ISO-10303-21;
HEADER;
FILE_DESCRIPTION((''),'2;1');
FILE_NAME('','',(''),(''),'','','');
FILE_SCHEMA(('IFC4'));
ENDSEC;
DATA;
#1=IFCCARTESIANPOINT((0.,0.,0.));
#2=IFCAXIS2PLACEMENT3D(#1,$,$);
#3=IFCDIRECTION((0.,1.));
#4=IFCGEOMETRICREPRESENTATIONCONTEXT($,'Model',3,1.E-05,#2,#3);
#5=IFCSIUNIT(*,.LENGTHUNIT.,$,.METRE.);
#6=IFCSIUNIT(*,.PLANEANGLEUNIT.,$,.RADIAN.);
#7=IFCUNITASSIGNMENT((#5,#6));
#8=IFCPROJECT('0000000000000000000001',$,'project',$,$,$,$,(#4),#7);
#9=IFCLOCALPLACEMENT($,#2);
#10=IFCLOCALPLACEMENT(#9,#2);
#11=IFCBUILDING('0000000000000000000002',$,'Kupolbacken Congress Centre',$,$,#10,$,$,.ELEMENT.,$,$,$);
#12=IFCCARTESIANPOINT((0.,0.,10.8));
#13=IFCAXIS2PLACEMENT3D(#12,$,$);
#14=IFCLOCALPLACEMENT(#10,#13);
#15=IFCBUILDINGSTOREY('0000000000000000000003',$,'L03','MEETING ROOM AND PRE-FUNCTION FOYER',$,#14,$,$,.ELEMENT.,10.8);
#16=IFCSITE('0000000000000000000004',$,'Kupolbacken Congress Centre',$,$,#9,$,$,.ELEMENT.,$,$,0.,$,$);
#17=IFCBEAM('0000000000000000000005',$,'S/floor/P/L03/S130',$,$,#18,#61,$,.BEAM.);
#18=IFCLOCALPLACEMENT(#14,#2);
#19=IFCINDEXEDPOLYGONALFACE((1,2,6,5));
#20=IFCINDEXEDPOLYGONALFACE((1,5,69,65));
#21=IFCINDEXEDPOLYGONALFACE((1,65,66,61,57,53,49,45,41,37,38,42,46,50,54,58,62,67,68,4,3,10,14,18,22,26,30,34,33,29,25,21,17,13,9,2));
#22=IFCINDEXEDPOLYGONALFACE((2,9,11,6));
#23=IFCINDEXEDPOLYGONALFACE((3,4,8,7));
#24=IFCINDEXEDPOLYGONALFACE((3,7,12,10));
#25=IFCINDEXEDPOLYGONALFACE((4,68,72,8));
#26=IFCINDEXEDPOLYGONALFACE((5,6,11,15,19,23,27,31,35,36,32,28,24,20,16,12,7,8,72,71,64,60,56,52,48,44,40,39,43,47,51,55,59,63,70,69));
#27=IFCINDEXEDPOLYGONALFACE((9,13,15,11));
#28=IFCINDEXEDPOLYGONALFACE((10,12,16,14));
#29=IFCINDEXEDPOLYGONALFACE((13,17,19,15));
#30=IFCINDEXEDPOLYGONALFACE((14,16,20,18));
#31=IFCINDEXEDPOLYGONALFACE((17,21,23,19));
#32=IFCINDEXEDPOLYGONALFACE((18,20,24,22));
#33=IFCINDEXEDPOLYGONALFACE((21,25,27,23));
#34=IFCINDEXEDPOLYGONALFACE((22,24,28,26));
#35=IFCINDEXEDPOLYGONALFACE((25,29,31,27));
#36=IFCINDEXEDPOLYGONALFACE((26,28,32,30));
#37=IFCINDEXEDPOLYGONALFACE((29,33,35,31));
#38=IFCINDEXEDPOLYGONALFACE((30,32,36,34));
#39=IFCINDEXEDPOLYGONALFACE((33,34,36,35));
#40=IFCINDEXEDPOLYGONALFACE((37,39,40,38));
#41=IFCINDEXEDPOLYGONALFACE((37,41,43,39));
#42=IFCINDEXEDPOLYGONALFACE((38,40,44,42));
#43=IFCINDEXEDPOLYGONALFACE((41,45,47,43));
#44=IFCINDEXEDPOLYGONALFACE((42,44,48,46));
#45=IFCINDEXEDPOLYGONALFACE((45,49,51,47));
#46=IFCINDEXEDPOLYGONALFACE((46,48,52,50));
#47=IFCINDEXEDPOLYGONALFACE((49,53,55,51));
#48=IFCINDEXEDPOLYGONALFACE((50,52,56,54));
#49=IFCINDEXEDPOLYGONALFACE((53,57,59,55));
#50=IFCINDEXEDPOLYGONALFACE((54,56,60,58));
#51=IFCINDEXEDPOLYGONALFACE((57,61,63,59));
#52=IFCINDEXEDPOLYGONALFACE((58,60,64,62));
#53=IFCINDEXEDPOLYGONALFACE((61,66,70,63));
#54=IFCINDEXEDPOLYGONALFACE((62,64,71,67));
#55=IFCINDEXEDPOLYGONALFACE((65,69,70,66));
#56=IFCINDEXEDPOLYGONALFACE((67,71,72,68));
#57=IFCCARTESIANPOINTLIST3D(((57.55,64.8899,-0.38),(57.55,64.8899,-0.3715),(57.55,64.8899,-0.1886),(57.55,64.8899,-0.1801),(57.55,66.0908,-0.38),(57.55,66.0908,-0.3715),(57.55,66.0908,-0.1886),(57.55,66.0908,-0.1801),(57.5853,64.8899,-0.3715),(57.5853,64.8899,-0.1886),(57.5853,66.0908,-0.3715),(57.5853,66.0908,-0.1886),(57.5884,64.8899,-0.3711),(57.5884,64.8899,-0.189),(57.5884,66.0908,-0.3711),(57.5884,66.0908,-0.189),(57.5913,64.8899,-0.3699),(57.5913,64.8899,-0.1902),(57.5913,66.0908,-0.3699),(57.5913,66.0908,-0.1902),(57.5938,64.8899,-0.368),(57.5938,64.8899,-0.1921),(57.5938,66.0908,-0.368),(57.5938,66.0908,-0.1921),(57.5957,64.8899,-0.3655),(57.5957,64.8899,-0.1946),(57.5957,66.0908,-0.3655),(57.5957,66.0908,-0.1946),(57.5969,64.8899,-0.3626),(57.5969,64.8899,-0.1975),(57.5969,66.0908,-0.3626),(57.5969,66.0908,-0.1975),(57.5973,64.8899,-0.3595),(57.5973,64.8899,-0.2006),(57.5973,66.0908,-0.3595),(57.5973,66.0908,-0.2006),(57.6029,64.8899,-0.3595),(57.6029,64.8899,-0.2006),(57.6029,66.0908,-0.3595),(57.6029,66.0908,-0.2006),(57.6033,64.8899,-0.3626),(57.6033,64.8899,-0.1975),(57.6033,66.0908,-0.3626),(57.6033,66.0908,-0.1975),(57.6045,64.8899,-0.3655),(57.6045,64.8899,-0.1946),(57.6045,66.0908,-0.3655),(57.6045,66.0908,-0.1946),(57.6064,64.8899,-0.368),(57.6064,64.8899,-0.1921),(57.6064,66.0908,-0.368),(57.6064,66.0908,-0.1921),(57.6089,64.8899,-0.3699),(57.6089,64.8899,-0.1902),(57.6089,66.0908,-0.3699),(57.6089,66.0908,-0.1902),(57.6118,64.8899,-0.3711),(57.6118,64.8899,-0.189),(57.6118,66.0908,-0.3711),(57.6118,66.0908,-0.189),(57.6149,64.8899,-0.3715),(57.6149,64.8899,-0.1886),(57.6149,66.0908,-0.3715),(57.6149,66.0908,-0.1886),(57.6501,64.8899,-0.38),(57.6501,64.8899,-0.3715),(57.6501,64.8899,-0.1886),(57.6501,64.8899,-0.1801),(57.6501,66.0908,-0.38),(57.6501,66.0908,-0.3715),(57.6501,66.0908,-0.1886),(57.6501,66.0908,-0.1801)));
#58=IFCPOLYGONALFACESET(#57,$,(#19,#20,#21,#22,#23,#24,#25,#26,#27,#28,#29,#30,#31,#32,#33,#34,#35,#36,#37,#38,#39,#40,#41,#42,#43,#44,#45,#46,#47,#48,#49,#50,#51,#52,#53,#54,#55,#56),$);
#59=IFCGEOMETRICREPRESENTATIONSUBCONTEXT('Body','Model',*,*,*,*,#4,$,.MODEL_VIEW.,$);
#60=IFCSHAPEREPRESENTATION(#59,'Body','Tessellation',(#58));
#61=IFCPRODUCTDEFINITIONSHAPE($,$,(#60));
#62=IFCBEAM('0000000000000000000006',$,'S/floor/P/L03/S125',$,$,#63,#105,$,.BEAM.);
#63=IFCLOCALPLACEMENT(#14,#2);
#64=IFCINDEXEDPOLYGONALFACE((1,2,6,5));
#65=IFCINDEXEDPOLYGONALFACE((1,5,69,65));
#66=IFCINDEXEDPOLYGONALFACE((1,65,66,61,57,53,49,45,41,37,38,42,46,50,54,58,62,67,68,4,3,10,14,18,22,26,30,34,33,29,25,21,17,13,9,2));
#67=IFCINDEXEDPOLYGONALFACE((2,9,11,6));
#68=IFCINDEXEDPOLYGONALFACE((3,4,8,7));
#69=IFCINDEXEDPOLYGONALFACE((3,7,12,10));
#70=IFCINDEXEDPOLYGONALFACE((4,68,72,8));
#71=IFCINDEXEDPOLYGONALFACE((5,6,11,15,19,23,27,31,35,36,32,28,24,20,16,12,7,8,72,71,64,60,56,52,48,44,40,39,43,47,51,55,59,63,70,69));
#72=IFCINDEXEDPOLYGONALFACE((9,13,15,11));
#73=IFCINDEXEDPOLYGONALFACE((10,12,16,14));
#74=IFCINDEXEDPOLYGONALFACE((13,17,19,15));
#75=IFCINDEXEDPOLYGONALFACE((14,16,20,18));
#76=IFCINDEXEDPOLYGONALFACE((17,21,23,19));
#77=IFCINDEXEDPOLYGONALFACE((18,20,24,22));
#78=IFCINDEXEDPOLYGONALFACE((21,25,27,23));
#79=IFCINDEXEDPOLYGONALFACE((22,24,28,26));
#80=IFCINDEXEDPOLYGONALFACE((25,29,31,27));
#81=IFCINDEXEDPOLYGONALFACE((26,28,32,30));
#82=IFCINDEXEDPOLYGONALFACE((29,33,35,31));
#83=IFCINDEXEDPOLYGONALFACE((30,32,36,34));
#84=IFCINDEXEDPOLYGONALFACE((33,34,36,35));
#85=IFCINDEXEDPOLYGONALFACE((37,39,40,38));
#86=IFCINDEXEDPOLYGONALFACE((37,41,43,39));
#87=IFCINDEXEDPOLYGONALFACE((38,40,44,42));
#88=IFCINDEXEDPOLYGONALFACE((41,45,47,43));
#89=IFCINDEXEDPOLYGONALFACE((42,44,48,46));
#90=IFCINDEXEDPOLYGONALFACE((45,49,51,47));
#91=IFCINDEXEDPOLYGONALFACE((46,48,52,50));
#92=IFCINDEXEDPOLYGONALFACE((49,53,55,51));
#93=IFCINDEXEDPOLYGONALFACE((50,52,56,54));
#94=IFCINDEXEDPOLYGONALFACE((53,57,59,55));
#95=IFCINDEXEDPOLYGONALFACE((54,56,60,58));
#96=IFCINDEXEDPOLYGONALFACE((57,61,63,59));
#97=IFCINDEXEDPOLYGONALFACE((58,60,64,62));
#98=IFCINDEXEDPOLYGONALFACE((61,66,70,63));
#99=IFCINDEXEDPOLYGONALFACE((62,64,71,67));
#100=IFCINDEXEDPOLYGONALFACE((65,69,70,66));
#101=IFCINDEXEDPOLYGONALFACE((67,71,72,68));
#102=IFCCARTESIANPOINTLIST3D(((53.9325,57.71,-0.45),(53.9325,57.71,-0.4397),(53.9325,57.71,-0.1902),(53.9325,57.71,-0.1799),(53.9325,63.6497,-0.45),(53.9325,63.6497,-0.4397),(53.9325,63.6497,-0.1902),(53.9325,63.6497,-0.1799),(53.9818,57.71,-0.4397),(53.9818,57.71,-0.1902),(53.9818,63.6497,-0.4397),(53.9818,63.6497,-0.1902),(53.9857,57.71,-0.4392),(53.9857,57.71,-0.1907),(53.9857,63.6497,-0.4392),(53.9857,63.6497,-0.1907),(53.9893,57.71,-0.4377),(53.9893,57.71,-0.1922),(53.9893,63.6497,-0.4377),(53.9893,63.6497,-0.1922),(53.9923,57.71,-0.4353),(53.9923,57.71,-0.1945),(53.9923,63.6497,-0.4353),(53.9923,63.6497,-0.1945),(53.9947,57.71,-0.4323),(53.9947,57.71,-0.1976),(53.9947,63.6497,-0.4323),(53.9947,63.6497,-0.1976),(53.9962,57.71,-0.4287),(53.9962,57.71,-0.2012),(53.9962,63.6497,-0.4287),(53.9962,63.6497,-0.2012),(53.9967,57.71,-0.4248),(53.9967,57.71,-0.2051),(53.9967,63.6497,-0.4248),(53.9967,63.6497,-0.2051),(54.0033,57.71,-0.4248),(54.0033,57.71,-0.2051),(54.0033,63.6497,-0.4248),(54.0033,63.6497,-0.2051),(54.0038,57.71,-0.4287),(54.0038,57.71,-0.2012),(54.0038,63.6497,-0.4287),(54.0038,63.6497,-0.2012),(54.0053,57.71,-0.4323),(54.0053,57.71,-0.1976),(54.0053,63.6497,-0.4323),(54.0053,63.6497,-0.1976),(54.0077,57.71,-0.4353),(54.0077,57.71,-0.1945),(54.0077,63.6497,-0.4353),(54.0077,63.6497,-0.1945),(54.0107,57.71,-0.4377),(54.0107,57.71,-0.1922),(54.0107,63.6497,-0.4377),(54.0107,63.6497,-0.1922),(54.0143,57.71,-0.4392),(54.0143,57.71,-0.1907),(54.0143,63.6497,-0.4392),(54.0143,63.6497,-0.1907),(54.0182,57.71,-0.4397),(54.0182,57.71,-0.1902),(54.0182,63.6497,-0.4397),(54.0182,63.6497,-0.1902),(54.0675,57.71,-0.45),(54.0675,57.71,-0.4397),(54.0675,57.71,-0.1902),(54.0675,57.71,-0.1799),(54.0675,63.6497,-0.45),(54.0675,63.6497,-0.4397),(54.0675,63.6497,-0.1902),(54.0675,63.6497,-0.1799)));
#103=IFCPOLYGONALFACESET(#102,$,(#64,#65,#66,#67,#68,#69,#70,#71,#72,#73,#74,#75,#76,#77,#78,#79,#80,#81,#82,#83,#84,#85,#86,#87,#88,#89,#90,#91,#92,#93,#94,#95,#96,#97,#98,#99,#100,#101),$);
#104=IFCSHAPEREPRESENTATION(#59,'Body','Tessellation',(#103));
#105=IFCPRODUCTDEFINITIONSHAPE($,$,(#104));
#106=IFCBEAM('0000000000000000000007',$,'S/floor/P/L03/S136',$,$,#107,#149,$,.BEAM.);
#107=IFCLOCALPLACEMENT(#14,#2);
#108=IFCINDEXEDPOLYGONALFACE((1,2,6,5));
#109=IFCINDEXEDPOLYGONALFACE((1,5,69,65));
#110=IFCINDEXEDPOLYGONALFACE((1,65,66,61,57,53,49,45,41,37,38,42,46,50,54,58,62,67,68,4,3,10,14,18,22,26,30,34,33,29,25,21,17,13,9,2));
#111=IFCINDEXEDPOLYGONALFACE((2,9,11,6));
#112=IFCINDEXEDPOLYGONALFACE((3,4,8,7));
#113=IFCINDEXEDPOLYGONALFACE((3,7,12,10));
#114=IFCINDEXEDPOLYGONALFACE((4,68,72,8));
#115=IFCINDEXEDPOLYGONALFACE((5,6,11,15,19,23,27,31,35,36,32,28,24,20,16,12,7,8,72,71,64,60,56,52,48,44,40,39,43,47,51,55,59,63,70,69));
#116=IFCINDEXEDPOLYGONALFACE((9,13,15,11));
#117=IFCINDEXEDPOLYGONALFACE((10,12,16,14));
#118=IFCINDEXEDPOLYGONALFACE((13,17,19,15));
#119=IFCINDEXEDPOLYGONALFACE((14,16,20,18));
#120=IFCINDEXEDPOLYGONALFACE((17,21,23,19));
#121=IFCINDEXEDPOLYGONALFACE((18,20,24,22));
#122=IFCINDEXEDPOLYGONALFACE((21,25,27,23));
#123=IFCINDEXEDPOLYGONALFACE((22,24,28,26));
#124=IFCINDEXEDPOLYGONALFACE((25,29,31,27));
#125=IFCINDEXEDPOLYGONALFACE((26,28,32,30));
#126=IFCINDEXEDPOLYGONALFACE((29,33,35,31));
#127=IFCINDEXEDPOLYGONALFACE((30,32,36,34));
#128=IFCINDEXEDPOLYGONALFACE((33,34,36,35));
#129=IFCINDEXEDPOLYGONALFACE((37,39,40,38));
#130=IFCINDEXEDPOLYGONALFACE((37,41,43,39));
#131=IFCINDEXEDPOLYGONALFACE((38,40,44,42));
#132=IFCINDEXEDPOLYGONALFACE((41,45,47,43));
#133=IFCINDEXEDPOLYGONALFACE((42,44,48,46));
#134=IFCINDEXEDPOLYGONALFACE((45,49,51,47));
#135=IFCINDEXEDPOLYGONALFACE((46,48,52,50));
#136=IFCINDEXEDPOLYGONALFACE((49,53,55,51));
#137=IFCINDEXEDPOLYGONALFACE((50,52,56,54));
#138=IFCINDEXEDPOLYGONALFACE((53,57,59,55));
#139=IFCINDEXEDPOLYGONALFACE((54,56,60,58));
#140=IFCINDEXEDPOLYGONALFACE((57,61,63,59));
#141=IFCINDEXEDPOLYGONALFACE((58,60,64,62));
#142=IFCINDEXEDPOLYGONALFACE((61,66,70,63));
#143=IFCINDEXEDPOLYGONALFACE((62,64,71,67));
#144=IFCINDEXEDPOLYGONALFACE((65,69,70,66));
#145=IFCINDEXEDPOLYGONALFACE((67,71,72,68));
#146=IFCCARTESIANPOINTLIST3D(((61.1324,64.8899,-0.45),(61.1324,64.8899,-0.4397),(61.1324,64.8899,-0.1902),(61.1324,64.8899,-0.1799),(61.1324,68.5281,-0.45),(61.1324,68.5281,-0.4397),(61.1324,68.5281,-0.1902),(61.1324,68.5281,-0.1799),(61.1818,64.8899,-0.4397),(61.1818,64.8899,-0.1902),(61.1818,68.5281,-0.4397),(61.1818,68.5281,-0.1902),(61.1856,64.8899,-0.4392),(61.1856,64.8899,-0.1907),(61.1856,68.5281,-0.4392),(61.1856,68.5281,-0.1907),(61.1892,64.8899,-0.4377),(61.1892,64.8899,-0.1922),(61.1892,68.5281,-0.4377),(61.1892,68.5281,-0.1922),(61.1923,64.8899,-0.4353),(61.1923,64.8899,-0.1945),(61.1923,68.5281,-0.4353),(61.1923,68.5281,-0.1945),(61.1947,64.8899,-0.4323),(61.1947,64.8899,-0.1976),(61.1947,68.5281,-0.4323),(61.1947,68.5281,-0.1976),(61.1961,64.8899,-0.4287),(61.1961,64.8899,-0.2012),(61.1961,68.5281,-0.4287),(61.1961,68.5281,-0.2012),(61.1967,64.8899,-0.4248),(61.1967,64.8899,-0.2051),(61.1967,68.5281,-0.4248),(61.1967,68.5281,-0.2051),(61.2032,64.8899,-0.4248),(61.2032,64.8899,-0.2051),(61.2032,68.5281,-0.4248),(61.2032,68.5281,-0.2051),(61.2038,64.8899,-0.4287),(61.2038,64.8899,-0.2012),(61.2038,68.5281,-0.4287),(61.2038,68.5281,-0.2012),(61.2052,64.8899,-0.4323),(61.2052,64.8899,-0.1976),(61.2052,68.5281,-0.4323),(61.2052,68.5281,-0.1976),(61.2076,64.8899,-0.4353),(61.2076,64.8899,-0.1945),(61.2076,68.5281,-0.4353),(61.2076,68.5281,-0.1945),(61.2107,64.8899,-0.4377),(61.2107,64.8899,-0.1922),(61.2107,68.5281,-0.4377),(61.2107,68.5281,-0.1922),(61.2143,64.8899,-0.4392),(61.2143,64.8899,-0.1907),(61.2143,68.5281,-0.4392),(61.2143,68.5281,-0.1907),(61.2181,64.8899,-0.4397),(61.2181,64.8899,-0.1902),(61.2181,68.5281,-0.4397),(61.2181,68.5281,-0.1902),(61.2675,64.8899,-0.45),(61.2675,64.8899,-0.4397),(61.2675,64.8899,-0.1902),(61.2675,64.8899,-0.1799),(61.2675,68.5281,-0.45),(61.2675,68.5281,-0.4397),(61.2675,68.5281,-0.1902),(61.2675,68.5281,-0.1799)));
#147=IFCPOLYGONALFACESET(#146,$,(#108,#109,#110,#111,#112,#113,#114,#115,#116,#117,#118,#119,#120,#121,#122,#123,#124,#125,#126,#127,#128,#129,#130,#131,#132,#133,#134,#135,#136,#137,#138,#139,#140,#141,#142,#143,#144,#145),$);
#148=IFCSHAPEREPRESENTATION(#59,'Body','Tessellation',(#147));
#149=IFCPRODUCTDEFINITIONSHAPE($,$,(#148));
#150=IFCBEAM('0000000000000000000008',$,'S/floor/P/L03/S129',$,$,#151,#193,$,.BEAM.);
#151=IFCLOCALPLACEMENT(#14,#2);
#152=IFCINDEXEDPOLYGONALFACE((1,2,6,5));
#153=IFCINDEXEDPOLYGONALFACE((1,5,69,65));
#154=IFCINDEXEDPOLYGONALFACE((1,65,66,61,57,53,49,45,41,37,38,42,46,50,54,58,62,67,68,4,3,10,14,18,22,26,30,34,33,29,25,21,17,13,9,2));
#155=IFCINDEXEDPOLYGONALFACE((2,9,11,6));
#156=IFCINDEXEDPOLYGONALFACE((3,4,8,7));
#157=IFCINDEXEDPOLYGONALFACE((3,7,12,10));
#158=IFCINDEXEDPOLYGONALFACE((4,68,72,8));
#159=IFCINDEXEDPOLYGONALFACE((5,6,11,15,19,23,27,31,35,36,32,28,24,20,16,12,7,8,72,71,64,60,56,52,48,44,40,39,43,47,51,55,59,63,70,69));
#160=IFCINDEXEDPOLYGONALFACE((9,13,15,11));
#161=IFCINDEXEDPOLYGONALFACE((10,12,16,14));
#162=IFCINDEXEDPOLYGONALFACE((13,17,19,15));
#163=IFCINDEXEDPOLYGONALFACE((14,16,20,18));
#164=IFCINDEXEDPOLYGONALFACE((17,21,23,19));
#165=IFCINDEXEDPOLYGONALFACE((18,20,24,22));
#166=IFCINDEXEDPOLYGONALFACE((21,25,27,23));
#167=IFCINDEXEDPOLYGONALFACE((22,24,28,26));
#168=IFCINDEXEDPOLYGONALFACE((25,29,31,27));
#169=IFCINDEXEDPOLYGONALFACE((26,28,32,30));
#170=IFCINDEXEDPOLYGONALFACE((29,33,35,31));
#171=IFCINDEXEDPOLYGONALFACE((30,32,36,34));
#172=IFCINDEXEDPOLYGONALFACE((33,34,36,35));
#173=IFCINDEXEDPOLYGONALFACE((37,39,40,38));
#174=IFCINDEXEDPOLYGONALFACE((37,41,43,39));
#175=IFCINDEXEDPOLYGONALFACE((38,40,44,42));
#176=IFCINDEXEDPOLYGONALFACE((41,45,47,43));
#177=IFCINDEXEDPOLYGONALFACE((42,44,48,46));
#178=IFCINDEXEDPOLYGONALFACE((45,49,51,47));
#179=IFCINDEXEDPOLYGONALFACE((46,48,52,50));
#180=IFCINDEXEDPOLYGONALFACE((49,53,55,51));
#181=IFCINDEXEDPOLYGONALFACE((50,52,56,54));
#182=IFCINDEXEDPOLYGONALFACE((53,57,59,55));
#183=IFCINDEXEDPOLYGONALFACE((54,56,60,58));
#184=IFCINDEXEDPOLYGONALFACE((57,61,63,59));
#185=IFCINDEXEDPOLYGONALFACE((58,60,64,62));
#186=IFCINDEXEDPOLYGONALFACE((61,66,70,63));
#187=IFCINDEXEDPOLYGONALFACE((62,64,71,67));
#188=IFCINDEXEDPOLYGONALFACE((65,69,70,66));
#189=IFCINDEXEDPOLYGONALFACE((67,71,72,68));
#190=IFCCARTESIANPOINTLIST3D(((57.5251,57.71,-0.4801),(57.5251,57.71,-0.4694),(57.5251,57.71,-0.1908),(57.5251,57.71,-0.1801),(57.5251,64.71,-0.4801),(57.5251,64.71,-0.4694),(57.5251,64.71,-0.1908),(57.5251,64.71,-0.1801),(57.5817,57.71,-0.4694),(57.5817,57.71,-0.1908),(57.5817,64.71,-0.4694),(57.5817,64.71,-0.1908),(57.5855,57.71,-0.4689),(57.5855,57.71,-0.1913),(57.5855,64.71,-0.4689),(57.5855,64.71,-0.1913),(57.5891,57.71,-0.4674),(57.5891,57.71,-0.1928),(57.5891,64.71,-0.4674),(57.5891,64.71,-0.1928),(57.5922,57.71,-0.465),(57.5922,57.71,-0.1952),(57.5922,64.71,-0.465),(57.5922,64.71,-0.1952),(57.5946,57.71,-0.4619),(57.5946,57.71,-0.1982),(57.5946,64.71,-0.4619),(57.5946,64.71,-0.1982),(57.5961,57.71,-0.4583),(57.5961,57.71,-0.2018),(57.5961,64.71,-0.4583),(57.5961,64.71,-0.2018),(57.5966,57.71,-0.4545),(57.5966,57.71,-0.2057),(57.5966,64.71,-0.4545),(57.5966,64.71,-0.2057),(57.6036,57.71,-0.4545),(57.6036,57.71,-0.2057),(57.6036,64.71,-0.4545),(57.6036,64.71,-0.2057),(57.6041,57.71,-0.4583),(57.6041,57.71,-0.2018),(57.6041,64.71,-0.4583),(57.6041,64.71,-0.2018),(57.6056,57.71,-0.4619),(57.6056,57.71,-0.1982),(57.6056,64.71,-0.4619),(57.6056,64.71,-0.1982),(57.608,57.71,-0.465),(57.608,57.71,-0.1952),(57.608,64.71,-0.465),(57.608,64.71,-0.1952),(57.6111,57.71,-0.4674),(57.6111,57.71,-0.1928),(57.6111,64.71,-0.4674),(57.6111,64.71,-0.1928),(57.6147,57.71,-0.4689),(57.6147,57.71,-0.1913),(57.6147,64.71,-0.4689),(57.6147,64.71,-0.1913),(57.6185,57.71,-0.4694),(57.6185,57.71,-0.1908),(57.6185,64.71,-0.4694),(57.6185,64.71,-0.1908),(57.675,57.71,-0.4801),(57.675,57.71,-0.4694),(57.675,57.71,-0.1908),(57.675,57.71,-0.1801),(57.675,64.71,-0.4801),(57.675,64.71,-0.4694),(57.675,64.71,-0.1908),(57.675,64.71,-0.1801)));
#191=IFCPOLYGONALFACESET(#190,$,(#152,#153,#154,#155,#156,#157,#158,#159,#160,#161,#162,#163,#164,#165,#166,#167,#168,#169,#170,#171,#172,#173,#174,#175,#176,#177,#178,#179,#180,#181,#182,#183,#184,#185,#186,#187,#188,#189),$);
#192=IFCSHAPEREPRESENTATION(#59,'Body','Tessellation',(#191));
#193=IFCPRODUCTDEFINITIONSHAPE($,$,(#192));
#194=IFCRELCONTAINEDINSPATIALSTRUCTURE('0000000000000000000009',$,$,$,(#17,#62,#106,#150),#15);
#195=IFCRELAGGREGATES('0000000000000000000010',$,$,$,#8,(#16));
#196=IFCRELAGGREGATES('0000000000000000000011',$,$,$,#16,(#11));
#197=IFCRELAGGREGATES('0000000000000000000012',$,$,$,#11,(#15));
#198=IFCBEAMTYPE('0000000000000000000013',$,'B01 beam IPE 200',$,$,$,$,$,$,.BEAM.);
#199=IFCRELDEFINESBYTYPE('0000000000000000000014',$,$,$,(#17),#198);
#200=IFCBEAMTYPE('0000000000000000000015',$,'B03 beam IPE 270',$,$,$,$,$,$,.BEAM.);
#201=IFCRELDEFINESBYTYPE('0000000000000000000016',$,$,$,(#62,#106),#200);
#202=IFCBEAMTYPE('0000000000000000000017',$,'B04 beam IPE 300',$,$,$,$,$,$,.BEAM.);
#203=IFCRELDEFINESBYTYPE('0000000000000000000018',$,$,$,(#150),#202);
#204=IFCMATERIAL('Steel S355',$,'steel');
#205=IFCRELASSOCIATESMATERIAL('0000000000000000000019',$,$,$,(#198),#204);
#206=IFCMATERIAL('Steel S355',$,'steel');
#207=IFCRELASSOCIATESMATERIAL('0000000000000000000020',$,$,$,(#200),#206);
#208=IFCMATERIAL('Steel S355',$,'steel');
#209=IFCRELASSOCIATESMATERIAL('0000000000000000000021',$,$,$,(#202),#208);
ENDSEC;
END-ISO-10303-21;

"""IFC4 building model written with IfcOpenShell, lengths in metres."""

from ifc_helpers import new_model, si_unit, direction, frame, origin, origin_2d, place, context, subcontext, project, spatial, i_section, extrude, material, material_profile, profile_set, type_object, element, save


model = new_model("IFC4")

# Units and contexts
model_context = context("Model", 3, precision=1e-05, world=origin(), true_north=direction((0.0, 1.0)))
body_context = subcontext(model_context, "Body", "Model", "MODEL_VIEW")
ifc_project = project(units=[si_unit("LENGTHUNIT", "METRE"), si_unit("PLANEANGLEUNIT", "RADIAN")], contexts=[model_context])

# Site, building, storey
site_placement = place(None, origin())
site = spatial("IfcSite", under=ifc_project, at=site_placement, Name="Kupolbacken Congress Centre", CompositionType="ELEMENT", RefElevation=0.0)
building_placement = place(site_placement, origin())
building = spatial("IfcBuilding", under=site, at=building_placement, Name="Kupolbacken Congress Centre", CompositionType="ELEMENT")
storey_placement = place(building_placement, frame((0.0, 0.0, 10.8)))
storey = spatial("IfcBuildingStorey", under=building, at=storey_placement, Name="L03", Description="MEETING ROOM AND PRE-FUNCTION FOYER", CompositionType="ELEMENT", Elevation=10.8)

# Beams
ifc_material_1 = material(Name="Steel S355", Category="steel")
ifc_material_profile_1 = material_profile(ifc_material_1, i_section(OverallWidth=0.1001, OverallDepth=0.2, WebThickness=0.0056, FlangeThickness=0.0085, FilletRadius=0.012, at=origin_2d()), Name="IPE 200")
ifc_profile_set_1 = profile_set([ifc_material_profile_1], Name="Steel S355")
beam_type_1 = type_object("IfcBeamType", Name="B01 beam IPE 200", PredefinedType="BEAM", material=ifc_profile_set_1)
beam_1_placement = place(storey_placement, frame((57.6001, 64.8899, -0.28), z_axis=(0.0, 1.0, 0.0), x_axis=(-1.0, 0.0, 0.0)))
element("IfcBeam", 1, at=beam_1_placement, inside=storey, type_object=beam_type_1, Name="S/floor/P/L03/S130", PredefinedType="BEAM", context=body_context, shape_type="SweptSolid", body=[
    extrude(i_section(OverallWidth=0.1001, OverallDepth=0.2, WebThickness=0.0056, FlangeThickness=0.0085, FilletRadius=0.012, at=origin_2d()), origin(), (0.0, 0.0, 1.0), 1.2009),
])
ifc_material_2 = material(Name="Steel S355", Category="steel")
ifc_material_profile_2 = material_profile(ifc_material_2, i_section(OverallWidth=0.135, OverallDepth=0.27, WebThickness=0.0066, FlangeThickness=0.0103, FilletRadius=0.0149, at=origin_2d()), Name="IPE 270")
ifc_profile_set_2 = profile_set([ifc_material_profile_2], Name="Steel S355")
beam_type_2 = type_object("IfcBeamType", Name="B03 beam IPE 270", PredefinedType="BEAM", material=ifc_profile_set_2)
beam_2_placement = place(storey_placement, frame((54.0, 57.71, -0.3149), z_axis=(0.0, 1.0, 0.0), x_axis=(-1.0, 0.0, 0.0)))
element("IfcBeam", 2, at=beam_2_placement, inside=storey, type_object=beam_type_2, Name="S/floor/P/L03/S125", PredefinedType="BEAM", context=body_context, shape_type="SweptSolid", body=[
    extrude(i_section(OverallWidth=0.135, OverallDepth=0.27, WebThickness=0.0066, FlangeThickness=0.0103, FilletRadius=0.0149, at=origin_2d()), origin(), (0.0, 0.0, 1.0), 5.9397),
])
beam_3_placement = place(storey_placement, frame((61.2, 64.8899, -0.3149), z_axis=(0.0, 1.0, 0.0), x_axis=(-1.0, 0.0, 0.0)))
element("IfcBeam", 3, at=beam_3_placement, inside=storey, type_object=beam_type_2, Name="S/floor/P/L03/S136", PredefinedType="BEAM", context=body_context, shape_type="SweptSolid", body=[
    extrude(i_section(OverallWidth=0.135, OverallDepth=0.27, WebThickness=0.0066, FlangeThickness=0.0103, FilletRadius=0.0149, at=origin_2d()), origin(), (0.0, 0.0, 1.0), 3.6382),
])
ifc_material_3 = material(Name="Steel S355", Category="steel")
ifc_material_profile_3 = material_profile(ifc_material_3, i_section(OverallWidth=0.1499, OverallDepth=0.3, WebThickness=0.0071, FlangeThickness=0.0107, FilletRadius=0.0149, at=origin_2d()), Name="IPE 300")
ifc_profile_set_3 = profile_set([ifc_material_profile_3], Name="Steel S355")
beam_type_3 = type_object("IfcBeamType", Name="B04 beam IPE 300", PredefinedType="BEAM", material=ifc_profile_set_3)
for number, where, z_axis, x_axis, name in (
    (4, (57.6001, 57.71, -0.3301), (0.0, 1.0, 0.0), (-1.0, 0.0, 0.0), "S/floor/P/L03/S129"),
):
    element("IfcBeam", number, at=place(storey_placement, frame(where, z_axis=z_axis, x_axis=x_axis)), inside=storey, type_object=beam_type_3, Name=name, PredefinedType="BEAM", context=body_context, shape_type="SweptSolid", body=[
        extrude(i_section(OverallWidth=0.1499, OverallDepth=0.3, WebThickness=0.0071, FlangeThickness=0.0107, FilletRadius=0.0149, at=origin_2d()), origin(), (0.0, 0.0, 1.0), 7.0),
    ])

save(model, "model.ifc")
